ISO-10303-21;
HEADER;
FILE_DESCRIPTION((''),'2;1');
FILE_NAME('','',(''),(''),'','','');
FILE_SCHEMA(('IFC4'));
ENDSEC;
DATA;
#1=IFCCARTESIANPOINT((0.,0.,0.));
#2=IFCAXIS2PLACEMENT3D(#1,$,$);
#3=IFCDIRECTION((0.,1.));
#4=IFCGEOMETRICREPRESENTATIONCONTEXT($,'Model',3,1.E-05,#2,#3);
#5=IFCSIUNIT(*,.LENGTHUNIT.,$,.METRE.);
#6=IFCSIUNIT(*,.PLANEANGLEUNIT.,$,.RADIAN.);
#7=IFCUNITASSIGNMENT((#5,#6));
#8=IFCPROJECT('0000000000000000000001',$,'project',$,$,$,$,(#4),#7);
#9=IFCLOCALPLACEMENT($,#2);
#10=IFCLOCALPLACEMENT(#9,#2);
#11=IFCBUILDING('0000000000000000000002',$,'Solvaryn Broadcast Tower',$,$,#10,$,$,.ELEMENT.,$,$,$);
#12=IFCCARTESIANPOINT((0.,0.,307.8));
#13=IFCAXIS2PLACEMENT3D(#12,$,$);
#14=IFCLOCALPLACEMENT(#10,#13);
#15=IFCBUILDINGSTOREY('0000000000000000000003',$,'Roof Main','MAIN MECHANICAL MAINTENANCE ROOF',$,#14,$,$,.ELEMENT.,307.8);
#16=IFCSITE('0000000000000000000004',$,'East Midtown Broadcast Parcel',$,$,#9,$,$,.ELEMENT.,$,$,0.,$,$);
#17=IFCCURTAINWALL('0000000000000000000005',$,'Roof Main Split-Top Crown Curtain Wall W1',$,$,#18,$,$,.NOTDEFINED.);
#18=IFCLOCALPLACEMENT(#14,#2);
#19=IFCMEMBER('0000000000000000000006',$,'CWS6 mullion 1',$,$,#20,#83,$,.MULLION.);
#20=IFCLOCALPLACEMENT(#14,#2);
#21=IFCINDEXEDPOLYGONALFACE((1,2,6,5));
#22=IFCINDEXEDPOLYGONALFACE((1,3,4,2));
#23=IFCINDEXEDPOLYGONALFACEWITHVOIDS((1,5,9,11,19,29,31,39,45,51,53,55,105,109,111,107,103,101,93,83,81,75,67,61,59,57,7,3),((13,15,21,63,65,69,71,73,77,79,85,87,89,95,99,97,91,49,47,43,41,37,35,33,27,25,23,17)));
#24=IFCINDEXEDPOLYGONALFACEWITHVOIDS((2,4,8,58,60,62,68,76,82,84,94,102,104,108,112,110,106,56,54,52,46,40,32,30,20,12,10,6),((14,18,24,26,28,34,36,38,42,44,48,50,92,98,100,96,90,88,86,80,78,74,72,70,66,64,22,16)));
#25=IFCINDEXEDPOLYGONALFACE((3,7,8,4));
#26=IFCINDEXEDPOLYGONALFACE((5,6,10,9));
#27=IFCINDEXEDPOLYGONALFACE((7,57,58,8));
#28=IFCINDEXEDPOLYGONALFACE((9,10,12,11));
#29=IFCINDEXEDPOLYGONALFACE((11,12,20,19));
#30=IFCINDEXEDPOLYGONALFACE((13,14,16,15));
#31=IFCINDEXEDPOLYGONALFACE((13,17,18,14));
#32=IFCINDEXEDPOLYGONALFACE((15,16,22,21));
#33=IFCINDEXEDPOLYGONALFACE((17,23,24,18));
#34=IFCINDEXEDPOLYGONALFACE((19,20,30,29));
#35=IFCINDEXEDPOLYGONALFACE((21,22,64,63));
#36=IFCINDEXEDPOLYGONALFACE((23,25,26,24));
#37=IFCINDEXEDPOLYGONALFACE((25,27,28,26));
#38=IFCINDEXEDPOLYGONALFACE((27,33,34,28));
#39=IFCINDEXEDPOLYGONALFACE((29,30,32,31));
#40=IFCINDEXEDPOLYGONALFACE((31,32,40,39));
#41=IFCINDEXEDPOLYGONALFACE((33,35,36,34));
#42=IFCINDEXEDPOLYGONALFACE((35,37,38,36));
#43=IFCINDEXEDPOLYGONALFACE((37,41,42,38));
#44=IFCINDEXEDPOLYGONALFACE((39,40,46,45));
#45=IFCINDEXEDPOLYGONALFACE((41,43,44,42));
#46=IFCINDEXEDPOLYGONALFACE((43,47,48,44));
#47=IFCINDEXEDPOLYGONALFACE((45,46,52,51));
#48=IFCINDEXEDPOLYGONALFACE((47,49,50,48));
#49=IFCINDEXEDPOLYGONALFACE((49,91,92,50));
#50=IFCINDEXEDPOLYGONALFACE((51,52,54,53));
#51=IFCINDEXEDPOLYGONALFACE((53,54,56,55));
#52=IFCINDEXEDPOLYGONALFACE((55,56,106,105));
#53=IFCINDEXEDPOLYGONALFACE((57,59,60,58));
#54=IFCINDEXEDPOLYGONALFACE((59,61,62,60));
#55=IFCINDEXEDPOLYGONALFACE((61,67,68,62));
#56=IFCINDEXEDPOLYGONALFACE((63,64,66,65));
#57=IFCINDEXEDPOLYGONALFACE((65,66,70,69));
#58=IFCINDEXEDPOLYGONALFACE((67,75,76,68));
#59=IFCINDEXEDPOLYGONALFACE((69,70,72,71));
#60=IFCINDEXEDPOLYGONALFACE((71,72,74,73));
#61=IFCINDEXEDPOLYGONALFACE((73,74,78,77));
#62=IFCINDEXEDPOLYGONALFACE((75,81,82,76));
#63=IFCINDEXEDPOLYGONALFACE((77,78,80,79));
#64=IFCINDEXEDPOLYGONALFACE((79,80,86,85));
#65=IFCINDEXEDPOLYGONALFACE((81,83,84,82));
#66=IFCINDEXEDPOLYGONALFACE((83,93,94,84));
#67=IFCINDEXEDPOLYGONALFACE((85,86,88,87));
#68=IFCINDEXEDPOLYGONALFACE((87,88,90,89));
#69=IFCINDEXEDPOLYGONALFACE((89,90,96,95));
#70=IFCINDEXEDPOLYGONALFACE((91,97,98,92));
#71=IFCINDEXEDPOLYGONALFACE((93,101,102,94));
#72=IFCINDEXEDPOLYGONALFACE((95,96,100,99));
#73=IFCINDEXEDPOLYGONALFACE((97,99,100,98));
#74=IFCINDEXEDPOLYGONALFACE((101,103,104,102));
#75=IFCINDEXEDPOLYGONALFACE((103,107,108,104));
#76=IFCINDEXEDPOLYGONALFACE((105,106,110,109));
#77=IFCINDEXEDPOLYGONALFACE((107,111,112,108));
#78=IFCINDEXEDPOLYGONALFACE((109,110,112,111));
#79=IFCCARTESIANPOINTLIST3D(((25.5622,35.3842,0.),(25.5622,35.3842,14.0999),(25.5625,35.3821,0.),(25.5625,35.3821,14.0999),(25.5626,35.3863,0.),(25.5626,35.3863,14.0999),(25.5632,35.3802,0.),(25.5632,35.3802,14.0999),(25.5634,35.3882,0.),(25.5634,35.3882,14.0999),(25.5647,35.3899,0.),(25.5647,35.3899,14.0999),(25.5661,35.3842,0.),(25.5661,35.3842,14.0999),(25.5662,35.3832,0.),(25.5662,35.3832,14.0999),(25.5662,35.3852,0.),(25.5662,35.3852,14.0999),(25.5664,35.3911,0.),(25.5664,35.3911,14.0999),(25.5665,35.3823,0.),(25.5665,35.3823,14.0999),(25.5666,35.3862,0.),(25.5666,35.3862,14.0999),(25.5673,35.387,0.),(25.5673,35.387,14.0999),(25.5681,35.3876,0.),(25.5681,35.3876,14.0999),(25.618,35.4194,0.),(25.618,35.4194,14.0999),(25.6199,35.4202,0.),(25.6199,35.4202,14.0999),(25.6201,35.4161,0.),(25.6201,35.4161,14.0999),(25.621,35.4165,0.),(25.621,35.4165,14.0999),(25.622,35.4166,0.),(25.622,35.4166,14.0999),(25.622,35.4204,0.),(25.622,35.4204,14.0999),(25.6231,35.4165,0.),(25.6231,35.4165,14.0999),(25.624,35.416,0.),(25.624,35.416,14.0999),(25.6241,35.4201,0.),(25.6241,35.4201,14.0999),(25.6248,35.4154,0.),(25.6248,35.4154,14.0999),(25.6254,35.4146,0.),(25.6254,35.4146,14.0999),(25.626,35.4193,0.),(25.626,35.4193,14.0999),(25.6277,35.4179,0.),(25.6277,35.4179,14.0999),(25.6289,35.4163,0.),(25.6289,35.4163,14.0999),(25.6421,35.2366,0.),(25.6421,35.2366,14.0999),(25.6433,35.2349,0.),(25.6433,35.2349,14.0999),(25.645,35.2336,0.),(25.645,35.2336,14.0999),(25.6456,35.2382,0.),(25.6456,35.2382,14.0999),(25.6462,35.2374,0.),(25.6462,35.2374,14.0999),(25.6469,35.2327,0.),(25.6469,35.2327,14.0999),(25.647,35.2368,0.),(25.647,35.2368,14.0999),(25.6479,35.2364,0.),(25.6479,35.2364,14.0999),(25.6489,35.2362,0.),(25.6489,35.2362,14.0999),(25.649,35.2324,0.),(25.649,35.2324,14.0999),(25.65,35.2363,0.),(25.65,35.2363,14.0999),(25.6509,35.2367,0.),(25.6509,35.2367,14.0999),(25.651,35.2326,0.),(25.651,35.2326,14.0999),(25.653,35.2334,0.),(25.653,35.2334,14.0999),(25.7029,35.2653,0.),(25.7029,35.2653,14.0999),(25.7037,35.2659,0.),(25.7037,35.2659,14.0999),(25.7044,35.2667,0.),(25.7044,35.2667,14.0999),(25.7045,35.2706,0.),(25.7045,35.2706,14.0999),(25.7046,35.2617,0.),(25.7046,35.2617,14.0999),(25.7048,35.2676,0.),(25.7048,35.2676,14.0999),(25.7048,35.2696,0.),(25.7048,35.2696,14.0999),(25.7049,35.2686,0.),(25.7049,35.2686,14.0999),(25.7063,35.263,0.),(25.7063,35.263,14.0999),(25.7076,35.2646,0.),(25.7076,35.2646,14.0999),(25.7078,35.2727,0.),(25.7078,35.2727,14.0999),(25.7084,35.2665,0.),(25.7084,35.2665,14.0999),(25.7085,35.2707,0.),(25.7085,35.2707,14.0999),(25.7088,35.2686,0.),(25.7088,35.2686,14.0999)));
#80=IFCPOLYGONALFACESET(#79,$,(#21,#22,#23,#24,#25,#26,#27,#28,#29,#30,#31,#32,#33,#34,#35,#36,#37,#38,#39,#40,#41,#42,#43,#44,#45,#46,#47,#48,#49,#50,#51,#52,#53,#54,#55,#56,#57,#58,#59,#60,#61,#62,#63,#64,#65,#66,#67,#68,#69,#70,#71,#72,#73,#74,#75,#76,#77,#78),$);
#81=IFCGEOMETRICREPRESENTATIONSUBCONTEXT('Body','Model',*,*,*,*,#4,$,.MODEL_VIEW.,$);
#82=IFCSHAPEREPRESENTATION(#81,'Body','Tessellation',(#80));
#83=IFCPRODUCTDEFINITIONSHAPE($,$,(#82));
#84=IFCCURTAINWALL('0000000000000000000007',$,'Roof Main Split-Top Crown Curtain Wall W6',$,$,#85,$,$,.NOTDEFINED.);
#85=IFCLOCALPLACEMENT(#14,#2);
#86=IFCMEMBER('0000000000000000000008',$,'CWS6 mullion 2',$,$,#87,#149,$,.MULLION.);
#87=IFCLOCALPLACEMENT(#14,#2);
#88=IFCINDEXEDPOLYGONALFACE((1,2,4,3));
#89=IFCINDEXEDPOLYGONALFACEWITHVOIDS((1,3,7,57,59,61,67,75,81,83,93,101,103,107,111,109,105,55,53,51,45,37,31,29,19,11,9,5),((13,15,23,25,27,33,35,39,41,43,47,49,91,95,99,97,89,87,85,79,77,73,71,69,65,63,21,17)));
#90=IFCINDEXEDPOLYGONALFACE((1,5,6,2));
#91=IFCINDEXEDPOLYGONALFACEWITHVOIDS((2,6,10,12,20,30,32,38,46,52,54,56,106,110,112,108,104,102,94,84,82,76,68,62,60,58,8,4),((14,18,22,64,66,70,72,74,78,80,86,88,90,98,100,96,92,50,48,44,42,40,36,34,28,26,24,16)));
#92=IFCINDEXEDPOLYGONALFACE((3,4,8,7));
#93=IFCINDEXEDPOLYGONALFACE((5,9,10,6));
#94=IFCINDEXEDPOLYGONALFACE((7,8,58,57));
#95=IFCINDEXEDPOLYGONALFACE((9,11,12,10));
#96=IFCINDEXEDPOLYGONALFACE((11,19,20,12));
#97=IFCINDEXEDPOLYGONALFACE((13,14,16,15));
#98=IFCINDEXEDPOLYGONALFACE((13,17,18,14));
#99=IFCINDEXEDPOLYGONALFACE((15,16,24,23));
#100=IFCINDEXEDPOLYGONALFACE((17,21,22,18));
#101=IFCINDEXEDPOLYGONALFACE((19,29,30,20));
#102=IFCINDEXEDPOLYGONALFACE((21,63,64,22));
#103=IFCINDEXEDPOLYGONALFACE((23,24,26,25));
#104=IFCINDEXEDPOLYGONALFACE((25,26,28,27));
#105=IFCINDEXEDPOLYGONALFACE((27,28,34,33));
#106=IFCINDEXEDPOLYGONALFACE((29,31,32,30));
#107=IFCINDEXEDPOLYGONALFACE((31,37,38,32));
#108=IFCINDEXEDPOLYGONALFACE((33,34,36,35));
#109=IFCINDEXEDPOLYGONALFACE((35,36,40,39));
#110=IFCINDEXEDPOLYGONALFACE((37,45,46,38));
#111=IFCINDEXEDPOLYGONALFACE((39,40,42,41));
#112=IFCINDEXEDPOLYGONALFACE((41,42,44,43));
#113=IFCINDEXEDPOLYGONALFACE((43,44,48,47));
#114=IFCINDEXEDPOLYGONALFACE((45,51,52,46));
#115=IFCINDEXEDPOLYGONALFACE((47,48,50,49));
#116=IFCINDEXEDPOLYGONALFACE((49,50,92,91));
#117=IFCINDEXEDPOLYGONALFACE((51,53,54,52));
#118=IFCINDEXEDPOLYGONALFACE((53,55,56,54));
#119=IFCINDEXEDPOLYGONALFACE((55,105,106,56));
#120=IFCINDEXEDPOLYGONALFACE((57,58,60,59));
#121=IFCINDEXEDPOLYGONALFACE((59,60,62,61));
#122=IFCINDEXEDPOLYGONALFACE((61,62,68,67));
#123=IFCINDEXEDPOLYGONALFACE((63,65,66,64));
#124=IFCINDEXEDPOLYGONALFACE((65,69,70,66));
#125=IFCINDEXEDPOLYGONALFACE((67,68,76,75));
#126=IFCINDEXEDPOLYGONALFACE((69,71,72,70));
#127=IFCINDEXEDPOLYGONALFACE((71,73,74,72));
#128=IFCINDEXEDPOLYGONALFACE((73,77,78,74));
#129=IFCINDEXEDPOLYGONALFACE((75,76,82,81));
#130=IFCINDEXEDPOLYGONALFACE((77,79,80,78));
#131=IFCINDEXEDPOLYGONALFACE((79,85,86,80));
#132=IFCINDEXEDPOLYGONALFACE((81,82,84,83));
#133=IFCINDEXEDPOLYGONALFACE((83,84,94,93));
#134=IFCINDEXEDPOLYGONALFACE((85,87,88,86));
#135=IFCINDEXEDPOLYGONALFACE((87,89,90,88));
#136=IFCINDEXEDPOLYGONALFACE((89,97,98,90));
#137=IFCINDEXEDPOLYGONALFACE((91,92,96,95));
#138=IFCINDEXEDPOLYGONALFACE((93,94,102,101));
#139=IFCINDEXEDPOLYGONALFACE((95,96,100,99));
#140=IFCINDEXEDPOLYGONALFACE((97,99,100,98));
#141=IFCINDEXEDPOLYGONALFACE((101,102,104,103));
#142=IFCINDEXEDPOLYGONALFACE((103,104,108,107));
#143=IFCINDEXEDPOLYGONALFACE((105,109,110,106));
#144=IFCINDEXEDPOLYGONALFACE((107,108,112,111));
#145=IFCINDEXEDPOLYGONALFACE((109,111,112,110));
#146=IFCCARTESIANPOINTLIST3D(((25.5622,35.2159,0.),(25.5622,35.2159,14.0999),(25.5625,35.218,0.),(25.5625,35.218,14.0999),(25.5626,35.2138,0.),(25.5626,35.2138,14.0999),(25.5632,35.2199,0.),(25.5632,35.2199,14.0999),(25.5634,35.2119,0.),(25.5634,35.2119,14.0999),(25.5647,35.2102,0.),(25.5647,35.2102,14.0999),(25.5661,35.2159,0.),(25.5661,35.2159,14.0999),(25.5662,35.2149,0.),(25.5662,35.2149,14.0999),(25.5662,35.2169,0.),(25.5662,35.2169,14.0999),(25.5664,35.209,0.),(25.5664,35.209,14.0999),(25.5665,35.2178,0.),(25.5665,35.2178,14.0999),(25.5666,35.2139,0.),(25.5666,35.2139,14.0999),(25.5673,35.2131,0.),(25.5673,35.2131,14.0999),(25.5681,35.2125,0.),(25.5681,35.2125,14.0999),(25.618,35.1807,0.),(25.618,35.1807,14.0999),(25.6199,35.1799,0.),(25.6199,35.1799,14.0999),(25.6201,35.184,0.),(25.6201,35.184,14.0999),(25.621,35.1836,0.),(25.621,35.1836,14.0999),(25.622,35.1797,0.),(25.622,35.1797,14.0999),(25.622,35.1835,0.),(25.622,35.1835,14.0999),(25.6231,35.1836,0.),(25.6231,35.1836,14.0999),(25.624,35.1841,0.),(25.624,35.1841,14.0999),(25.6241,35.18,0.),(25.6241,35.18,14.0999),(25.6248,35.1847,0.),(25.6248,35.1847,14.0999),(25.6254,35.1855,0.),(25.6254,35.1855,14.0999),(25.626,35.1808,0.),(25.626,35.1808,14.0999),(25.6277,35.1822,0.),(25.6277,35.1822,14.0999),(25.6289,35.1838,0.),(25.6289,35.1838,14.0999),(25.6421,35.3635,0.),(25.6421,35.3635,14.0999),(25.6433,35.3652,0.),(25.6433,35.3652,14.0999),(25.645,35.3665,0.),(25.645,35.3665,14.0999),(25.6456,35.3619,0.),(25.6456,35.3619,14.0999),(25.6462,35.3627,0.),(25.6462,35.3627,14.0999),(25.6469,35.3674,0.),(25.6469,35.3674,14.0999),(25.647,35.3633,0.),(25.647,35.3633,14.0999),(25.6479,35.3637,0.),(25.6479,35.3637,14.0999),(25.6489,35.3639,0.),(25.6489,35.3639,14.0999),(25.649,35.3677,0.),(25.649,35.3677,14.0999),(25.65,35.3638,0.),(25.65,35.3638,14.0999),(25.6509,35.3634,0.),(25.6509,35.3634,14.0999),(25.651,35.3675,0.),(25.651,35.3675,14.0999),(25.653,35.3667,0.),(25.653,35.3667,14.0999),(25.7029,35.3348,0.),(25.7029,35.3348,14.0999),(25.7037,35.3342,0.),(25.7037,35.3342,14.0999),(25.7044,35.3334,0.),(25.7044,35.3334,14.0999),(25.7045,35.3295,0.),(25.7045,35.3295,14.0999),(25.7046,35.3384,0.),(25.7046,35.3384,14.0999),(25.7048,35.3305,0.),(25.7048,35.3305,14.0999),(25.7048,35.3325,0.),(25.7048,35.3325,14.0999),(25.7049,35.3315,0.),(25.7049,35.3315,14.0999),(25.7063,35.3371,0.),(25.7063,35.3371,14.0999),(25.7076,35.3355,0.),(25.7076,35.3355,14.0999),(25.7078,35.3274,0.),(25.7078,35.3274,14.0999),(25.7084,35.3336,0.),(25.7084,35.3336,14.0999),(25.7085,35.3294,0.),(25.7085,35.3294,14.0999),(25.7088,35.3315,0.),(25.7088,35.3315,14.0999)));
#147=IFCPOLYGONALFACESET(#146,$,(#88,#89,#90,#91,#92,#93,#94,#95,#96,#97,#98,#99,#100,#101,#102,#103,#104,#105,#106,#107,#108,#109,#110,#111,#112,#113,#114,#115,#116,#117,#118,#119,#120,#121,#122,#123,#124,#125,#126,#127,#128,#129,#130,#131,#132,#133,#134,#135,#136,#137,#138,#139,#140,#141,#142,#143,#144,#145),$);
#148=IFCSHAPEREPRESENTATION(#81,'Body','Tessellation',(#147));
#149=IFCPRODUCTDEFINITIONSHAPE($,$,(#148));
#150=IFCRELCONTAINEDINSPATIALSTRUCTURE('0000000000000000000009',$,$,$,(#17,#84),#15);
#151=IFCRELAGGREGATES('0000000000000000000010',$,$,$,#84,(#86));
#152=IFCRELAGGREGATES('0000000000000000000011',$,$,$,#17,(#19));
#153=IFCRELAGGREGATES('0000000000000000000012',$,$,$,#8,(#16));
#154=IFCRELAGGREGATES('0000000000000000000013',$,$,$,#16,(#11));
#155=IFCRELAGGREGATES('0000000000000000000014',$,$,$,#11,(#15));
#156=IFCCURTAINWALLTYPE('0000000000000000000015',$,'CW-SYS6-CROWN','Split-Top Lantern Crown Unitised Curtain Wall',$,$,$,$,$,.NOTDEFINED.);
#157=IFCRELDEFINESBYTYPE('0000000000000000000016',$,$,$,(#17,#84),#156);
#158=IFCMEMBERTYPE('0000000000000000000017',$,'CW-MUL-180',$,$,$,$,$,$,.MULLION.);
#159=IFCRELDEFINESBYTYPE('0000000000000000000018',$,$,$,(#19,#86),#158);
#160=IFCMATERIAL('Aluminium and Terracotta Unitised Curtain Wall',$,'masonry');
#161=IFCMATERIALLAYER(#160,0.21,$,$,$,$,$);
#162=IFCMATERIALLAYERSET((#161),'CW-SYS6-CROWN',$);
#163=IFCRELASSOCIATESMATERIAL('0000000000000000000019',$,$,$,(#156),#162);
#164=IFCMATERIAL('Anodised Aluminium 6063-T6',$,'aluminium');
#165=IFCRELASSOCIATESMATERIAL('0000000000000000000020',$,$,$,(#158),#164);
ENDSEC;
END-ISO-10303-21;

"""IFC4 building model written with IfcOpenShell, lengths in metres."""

from ifc_helpers import new_model, si_unit, direction, frame, origin, origin_2d, place, context, subcontext, project, spatial, hollow_rectangle, extrude, material, layer, layer_set, material_profile, profile_set, type_object, element, aggregate, save


model = new_model("IFC4")

# Units and contexts
model_context = context("Model", 3, precision=1e-05, world=origin(), true_north=direction((0.0, 1.0)))
body_context = subcontext(model_context, "Body", "Model", "MODEL_VIEW")
ifc_project = project(units=[si_unit("LENGTHUNIT", "METRE"), si_unit("PLANEANGLEUNIT", "RADIAN")], contexts=[model_context])

# Site, building, storey
site_placement = place(None, origin())
site = spatial("IfcSite", under=ifc_project, at=site_placement, Name="East Midtown Broadcast Parcel", CompositionType="ELEMENT", RefElevation=0.0)
building_placement = place(site_placement, origin())
building = spatial("IfcBuilding", under=site, at=building_placement, Name="Solvaryn Broadcast Tower", CompositionType="ELEMENT")
storey_placement = place(building_placement, frame((0.0, 0.0, 307.8)))
storey = spatial("IfcBuildingStorey", under=building, at=storey_placement, Name="Roof Main", Description="MAIN MECHANICAL MAINTENANCE ROOF", CompositionType="ELEMENT", Elevation=307.8)

# Curtain walls, members
ifc_material_1 = material(Name="Aluminium and Terracotta Unitised Curtain Wall", Category="masonry")
ifc_layer_1 = layer(ifc_material_1, 0.21)
ifc_layer_set_1 = layer_set([ifc_layer_1], Name="CW-SYS6-CROWN")
curtain_wall_type = type_object("IfcCurtainWallType", Name="CW-SYS6-CROWN", Description="Split-Top Lantern Crown Unitised Curtain Wall", PredefinedType="NOTDEFINED", material=ifc_layer_set_1)
curtain_wall_1_placement = place(storey_placement, origin())
curtain_wall_1 = element("IfcCurtainWall", 1, at=curtain_wall_1_placement, inside=storey, type_object=curtain_wall_type, Name="Roof Main Split-Top Crown Curtain Wall W1", PredefinedType="NOTDEFINED")
ifc_material_2 = material(Name="Anodised Aluminium 6063-T6", Category="aluminium")
ifc_material_profile_1 = material_profile(ifc_material_2, hollow_rectangle(XDim=0.075, YDim=0.1799, WallThickness=0.0039, InnerFilletRadius=0.0039, OuterFilletRadius=0.0081, at=origin_2d()))
ifc_profile_set_1 = profile_set([ifc_material_profile_1], Name="Anodised Aluminium 6063-T6")
member_type_1 = type_object("IfcMemberType", Name="CW-MUL-180", PredefinedType="MULLION", material=ifc_profile_set_1)
member_1_placement = place(storey_placement, frame((25.6355, 35.3264, 0.0), z_axis=(0.0, 0.0, 1.0), x_axis=(-0.876578, -0.481261, 0.0)))
member_1 = element("IfcMember", 2, at=member_1_placement, type_object=member_type_1, Name="CWS6 mullion 1", PredefinedType="MULLION", context=body_context, shape_type="SweptSolid", body=[
    extrude(hollow_rectangle(XDim=0.075, YDim=0.1799, WallThickness=0.0039, InnerFilletRadius=0.0039, OuterFilletRadius=0.0081, at=origin_2d()), origin(), (0.0, 0.0, 1.0), 14.0999),
])
curtain_wall_2_placement = place(storey_placement, origin())
curtain_wall_2 = element("IfcCurtainWall", 3, at=curtain_wall_2_placement, inside=storey, type_object=curtain_wall_type, Name="Roof Main Split-Top Crown Curtain Wall W6", PredefinedType="NOTDEFINED")
member_2_placement = place(storey_placement, frame((25.6355, 35.2737, 0.0), z_axis=(0.0, 0.0, 1.0), x_axis=(-0.876578, 0.481261, 0.0)))
member_2 = element("IfcMember", 4, at=member_2_placement, type_object=member_type_1, Name="CWS6 mullion 2", PredefinedType="MULLION", context=body_context, shape_type="SweptSolid", body=[
    extrude(hollow_rectangle(XDim=0.075, YDim=0.1799, WallThickness=0.0039, InnerFilletRadius=0.0039, OuterFilletRadius=0.0081, at=origin_2d()), origin(), (0.0, 0.0, 1.0), 14.0999),
])
aggregate(curtain_wall_2, [member_2])

aggregate(curtain_wall_1, [member_1])

save(model, "model.ifc")
